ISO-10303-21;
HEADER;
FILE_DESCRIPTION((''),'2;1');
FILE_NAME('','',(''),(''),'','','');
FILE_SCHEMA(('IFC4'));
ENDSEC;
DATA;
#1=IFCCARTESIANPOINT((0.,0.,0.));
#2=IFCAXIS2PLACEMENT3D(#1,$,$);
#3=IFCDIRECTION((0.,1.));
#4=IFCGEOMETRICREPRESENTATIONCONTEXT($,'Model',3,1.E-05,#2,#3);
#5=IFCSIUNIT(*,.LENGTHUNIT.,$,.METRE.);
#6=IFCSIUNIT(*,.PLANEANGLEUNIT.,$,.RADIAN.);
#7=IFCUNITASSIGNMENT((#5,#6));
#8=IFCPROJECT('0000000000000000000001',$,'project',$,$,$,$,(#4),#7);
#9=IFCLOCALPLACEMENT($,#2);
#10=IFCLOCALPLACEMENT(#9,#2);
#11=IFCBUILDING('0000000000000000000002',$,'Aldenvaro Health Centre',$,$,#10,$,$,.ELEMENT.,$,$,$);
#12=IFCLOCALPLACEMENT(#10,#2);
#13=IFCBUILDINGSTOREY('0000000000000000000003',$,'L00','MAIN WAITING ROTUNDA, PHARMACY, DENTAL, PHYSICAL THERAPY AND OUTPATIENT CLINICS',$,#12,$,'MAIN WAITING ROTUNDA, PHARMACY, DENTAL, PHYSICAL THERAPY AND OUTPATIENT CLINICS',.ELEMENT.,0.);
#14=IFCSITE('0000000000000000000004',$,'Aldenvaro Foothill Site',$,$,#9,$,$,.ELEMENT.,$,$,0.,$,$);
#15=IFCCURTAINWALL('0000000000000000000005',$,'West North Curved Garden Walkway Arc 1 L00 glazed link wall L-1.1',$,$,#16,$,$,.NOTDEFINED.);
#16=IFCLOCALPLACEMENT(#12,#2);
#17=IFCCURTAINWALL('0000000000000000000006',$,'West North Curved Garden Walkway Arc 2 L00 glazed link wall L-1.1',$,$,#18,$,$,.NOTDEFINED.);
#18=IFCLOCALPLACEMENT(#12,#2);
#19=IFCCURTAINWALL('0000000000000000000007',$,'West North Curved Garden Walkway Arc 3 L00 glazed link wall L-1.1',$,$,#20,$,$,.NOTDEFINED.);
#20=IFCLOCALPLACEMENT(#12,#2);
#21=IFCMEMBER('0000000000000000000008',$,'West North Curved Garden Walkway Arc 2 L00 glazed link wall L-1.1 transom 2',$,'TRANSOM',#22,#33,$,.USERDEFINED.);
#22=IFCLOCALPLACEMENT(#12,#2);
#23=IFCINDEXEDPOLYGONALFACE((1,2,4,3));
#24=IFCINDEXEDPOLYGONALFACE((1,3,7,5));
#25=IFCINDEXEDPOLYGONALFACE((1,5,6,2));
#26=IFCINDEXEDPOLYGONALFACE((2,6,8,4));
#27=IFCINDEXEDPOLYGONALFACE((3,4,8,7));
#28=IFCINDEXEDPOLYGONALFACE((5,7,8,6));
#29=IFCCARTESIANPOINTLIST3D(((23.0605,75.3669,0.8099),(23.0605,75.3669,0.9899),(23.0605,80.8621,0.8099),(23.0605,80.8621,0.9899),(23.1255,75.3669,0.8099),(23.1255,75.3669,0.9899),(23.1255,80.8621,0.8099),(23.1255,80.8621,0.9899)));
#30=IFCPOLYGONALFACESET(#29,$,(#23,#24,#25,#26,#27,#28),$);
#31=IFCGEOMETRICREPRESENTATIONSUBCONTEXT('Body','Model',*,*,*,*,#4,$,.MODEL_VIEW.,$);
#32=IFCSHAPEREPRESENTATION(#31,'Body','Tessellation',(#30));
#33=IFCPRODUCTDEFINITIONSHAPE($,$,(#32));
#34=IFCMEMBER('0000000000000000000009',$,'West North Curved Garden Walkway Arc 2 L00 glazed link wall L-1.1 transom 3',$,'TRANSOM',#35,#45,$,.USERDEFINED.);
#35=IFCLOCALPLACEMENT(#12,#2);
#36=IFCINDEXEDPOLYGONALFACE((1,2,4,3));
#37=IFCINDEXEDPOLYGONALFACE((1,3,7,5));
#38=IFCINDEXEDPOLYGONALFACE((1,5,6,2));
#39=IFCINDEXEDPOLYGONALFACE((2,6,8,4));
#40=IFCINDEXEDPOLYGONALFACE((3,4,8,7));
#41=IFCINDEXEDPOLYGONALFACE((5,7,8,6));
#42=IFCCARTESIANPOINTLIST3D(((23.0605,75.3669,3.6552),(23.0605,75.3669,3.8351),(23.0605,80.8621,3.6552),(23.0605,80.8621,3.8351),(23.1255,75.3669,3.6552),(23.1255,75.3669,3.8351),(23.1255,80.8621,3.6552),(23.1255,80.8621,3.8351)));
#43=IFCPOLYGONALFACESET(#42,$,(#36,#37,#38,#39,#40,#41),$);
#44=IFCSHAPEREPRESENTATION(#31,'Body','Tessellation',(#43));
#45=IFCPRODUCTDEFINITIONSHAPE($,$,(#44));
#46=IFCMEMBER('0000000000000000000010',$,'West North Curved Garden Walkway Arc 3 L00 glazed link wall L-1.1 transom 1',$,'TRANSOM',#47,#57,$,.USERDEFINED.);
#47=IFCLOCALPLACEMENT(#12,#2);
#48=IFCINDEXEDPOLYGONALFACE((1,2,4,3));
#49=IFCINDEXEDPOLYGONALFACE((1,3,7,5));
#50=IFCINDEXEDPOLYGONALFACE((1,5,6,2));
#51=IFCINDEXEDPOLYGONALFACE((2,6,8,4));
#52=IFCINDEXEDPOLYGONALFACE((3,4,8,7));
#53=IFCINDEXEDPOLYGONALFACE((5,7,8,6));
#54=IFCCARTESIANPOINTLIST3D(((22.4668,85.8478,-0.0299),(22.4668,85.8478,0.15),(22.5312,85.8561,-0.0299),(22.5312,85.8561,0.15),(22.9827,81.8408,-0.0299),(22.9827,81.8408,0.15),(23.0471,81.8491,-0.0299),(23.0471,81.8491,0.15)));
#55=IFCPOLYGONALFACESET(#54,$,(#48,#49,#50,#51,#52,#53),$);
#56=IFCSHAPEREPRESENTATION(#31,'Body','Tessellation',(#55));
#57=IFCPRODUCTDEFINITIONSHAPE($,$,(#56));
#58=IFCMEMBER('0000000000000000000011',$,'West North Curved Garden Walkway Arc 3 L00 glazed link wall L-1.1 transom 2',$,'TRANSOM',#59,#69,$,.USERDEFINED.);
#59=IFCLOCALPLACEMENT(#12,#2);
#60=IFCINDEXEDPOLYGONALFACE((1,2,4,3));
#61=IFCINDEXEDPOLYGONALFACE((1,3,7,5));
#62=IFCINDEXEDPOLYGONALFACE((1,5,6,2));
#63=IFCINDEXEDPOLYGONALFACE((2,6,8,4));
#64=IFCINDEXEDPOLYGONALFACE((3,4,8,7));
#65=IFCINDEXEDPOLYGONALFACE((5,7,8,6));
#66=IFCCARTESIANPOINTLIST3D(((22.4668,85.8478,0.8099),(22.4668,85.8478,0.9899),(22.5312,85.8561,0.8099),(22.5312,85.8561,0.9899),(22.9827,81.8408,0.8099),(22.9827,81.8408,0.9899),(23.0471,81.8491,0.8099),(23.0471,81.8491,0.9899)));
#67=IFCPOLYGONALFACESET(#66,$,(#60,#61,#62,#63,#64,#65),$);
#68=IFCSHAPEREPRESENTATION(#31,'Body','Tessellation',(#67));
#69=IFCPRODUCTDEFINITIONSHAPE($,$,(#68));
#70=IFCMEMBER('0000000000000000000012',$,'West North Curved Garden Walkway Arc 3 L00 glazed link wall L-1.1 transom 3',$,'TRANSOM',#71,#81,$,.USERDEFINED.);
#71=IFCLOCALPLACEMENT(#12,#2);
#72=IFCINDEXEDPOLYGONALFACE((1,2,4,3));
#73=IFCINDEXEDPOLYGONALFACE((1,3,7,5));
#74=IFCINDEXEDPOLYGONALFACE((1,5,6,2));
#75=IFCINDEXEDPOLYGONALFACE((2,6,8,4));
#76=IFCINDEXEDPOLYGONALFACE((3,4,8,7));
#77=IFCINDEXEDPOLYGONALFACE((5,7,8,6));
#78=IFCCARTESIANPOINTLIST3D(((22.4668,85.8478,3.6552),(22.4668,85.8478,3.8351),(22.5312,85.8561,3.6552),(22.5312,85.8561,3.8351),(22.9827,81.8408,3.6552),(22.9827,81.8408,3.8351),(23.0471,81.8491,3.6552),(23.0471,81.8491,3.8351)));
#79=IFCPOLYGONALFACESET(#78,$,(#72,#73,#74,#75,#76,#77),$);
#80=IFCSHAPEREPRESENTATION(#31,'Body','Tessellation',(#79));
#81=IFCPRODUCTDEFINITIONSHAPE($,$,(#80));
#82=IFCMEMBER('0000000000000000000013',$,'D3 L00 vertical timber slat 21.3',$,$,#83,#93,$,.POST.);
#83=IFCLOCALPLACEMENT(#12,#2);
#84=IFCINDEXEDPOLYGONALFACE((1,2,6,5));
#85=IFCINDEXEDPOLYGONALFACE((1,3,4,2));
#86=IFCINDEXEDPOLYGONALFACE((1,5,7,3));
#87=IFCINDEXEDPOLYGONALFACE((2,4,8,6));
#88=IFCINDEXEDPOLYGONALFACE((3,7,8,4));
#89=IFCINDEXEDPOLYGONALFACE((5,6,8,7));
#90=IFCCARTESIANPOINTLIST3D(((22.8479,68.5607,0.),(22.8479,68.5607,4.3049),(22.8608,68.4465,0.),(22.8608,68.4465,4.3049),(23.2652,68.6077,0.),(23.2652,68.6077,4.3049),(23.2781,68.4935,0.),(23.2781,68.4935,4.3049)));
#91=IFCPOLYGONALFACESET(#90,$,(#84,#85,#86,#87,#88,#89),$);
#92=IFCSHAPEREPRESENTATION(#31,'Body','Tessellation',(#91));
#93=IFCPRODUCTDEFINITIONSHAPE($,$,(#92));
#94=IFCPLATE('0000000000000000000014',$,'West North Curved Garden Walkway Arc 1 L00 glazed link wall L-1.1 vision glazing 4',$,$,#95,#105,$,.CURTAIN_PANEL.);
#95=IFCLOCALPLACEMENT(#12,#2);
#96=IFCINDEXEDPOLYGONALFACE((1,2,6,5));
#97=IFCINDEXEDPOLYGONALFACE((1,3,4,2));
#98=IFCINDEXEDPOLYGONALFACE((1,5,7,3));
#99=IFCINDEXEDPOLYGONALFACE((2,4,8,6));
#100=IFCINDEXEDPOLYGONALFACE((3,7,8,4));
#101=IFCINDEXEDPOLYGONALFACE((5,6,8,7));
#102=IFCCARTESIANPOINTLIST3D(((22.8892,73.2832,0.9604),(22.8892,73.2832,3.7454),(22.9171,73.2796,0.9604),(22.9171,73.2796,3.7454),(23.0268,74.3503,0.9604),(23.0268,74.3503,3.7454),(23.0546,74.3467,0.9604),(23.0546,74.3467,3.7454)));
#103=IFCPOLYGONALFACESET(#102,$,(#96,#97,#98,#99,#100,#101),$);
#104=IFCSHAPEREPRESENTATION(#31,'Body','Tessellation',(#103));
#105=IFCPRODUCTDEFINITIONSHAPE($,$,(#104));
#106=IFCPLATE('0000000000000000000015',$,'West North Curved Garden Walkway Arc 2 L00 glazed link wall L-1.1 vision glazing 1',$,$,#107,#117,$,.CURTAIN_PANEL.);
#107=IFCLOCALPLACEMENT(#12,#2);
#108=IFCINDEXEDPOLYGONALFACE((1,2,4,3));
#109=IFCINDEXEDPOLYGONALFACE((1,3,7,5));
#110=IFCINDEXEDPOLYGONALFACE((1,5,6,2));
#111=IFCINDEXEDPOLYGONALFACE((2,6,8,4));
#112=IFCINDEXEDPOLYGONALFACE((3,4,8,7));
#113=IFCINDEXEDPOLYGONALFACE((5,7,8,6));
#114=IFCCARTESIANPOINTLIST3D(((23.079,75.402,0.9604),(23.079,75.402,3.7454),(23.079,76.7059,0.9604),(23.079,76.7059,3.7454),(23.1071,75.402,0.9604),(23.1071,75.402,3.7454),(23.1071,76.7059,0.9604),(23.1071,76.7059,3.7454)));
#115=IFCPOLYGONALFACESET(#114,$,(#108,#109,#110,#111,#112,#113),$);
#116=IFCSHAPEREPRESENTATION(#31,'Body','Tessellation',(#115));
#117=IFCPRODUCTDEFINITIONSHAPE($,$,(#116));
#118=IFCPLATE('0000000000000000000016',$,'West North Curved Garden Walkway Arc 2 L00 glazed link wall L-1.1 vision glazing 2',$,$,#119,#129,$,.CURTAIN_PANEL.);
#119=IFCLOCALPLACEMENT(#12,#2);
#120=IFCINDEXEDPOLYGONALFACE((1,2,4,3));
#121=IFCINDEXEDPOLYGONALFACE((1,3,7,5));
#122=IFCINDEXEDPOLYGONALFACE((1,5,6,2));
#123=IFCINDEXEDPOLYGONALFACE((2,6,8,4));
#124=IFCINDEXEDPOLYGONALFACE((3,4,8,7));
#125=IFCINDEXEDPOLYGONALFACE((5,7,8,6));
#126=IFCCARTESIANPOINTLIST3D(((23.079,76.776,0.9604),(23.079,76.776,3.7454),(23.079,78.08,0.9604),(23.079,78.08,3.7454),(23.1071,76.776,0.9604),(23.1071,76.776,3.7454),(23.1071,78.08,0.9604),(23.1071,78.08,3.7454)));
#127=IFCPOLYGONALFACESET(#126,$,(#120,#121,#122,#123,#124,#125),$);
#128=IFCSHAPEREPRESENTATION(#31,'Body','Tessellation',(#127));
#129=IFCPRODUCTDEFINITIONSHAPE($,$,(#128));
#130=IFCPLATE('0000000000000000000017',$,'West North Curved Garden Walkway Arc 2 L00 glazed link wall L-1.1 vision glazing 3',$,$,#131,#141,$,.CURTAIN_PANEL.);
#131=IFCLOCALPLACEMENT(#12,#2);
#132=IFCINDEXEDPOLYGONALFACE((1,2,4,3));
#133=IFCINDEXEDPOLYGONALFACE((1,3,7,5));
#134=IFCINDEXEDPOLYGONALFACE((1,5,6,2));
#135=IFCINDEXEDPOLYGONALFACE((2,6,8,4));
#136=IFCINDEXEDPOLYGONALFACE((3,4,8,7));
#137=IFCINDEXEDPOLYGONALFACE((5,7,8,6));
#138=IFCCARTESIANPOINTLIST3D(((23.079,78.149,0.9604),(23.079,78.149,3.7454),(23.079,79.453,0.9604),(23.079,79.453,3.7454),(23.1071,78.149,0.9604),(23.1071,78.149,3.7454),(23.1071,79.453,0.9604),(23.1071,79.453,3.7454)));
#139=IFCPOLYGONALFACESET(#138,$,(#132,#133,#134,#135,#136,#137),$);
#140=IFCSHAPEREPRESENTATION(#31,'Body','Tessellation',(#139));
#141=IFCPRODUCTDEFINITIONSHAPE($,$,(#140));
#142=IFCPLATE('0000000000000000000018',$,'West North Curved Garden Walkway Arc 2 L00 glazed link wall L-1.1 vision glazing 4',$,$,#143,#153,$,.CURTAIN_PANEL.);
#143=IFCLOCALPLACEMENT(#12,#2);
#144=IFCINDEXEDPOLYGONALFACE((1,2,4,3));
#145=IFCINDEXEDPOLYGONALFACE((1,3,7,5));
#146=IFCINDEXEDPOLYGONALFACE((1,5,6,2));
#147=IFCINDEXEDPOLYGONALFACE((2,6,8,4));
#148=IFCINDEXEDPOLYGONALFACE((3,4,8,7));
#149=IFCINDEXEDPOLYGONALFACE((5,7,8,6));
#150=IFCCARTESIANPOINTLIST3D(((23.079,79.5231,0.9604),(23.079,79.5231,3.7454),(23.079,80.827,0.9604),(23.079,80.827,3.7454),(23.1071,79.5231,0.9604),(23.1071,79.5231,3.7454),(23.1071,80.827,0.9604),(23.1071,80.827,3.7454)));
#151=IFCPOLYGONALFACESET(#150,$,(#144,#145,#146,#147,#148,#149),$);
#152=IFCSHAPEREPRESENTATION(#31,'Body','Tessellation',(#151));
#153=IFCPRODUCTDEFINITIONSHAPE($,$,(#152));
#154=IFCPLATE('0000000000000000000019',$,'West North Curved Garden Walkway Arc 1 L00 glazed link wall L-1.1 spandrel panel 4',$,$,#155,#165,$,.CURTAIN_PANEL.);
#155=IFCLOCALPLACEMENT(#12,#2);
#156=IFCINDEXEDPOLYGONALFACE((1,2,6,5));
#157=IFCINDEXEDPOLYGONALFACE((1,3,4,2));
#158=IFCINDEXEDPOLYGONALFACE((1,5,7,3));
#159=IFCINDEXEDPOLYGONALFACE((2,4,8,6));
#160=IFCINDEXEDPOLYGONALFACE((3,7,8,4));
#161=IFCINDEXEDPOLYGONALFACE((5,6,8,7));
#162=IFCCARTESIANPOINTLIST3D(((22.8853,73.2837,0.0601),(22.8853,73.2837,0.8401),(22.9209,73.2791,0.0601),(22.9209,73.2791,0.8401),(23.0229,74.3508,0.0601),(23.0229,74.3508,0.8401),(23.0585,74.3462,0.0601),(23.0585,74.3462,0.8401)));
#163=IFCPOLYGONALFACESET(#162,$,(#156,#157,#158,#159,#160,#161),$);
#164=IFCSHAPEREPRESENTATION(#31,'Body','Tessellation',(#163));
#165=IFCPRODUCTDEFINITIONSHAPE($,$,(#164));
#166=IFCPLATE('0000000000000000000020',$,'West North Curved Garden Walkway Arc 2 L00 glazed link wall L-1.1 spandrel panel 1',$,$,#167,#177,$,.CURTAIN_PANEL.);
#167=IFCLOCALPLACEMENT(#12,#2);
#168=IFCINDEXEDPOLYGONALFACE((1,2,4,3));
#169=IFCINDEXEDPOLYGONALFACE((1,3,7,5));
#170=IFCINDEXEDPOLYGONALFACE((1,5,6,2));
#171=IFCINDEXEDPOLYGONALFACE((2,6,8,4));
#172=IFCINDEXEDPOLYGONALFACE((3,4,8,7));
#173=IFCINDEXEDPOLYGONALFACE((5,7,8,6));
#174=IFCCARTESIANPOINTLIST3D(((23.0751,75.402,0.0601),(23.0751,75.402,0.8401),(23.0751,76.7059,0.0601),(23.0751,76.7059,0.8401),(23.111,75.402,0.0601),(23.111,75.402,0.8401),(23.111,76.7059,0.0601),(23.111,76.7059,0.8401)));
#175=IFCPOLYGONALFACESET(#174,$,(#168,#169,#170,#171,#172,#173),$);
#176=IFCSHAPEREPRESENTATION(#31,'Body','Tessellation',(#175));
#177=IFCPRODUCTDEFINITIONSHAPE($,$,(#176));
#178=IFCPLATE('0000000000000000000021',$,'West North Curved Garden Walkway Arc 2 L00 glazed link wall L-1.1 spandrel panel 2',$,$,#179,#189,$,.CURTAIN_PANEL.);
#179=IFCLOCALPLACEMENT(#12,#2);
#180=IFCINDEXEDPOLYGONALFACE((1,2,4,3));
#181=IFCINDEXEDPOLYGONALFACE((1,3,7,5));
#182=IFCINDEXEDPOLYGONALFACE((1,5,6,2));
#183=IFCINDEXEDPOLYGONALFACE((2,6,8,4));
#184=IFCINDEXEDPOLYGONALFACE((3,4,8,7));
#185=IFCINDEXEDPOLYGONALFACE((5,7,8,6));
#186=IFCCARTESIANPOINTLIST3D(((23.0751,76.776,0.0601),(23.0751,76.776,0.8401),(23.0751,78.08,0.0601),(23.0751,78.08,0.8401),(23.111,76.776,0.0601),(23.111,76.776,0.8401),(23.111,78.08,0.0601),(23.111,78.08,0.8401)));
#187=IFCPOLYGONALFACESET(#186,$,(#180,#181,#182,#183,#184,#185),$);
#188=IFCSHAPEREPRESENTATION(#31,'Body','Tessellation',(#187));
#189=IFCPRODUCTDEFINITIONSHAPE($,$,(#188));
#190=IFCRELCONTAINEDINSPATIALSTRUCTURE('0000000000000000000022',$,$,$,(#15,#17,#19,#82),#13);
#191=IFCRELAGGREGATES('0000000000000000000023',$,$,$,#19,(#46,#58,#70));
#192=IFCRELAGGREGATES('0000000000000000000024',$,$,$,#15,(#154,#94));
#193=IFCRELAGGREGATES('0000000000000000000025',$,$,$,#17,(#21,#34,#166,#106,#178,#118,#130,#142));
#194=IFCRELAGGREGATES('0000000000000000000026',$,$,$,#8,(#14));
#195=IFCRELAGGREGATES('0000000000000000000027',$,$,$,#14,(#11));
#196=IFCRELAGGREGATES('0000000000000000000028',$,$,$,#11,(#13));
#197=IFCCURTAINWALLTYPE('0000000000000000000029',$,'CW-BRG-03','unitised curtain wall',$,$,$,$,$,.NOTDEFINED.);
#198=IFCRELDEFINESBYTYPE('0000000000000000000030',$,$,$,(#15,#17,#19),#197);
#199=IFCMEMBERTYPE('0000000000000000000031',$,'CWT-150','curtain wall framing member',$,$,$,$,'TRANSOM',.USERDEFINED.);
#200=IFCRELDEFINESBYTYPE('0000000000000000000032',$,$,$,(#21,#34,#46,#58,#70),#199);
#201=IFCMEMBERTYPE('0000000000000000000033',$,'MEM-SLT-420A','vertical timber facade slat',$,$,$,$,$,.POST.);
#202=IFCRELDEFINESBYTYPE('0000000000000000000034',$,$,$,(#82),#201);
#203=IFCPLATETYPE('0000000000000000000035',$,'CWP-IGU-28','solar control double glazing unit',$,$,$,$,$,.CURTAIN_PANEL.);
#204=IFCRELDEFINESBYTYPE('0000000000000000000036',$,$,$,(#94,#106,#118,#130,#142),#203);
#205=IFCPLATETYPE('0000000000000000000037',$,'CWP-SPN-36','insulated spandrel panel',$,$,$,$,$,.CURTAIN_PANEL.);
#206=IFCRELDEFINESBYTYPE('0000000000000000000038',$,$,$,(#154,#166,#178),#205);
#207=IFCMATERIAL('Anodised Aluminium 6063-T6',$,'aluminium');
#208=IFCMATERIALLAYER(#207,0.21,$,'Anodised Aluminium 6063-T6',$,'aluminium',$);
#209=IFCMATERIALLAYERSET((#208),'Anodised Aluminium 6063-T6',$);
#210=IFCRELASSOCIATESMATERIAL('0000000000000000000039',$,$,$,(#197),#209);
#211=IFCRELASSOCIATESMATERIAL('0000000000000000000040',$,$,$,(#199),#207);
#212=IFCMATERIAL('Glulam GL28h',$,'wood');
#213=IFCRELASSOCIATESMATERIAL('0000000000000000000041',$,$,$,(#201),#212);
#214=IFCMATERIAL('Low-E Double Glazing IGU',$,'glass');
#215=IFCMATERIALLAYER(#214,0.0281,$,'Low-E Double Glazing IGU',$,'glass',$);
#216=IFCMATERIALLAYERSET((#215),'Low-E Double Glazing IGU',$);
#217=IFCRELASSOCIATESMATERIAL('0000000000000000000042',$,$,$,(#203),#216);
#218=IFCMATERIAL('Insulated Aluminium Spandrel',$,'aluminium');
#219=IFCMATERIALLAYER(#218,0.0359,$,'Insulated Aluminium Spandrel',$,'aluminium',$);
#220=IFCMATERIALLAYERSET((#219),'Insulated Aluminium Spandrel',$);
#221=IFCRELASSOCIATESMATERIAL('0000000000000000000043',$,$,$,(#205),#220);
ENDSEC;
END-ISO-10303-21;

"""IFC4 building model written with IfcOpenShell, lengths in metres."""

from ifc_helpers import new_model, si_unit, direction, frame, origin, origin_2d, place, context, subcontext, project, spatial, rectangle, extrude, material, layer, layer_set, material_profile, profile_set, type_object, element, aggregate, save


model = new_model("IFC4")

# Units and contexts
model_context = context("Model", 3, precision=1e-05, world=origin(), true_north=direction((0.0, 1.0)))
body_context = subcontext(model_context, "Body", "Model", "MODEL_VIEW")
ifc_project = project(units=[si_unit("LENGTHUNIT", "METRE"), si_unit("PLANEANGLEUNIT", "RADIAN")], contexts=[model_context])

# Site, building, storey
site_placement = place(None, origin())
site = spatial("IfcSite", under=ifc_project, at=site_placement, Name="Aldenvaro Foothill Site", CompositionType="ELEMENT", RefElevation=0.0)
building_placement = place(site_placement, origin())
building = spatial("IfcBuilding", under=site, at=building_placement, Name="Aldenvaro Health Centre", CompositionType="ELEMENT")
storey_placement = place(building_placement, origin())
storey = spatial("IfcBuildingStorey", under=building, at=storey_placement, Name="L00", Description="MAIN WAITING ROTUNDA, PHARMACY, DENTAL, PHYSICAL THERAPY AND OUTPATIENT CLINICS", LongName="MAIN WAITING ROTUNDA, PHARMACY, DENTAL, PHYSICAL THERAPY AND OUTPATIENT CLINICS", CompositionType="ELEMENT", Elevation=0.0)

# Curtain wall
ifc_material_1 = material(Name="Anodised Aluminium 6063-T6", Category="aluminium")
ifc_layer_1 = layer(ifc_material_1, 0.21, Name="Anodised Aluminium 6063-T6", Category="aluminium")
ifc_layer_set_1 = layer_set([ifc_layer_1], Name="Anodised Aluminium 6063-T6")
curtain_wall_type = type_object("IfcCurtainWallType", Name="CW-BRG-03", Description="unitised curtain wall", PredefinedType="NOTDEFINED", material=ifc_layer_set_1)
curtain_wall_1_placement = place(storey_placement, origin())
curtain_wall_1 = element("IfcCurtainWall", 1, at=curtain_wall_1_placement, inside=storey, type_object=curtain_wall_type, Name="West North Curved Garden Walkway Arc 1 L00 glazed link wall L-1.1", PredefinedType="NOTDEFINED")

# Curtain wall
curtain_wall_2_placement = place(storey_placement, origin())
curtain_wall_2 = element("IfcCurtainWall", 2, at=curtain_wall_2_placement, inside=storey, type_object=curtain_wall_type, Name="West North Curved Garden Walkway Arc 2 L00 glazed link wall L-1.1", PredefinedType="NOTDEFINED")

# Curtain wall
curtain_wall_3_placement = place(storey_placement, origin())
curtain_wall_3 = element("IfcCurtainWall", 3, at=curtain_wall_3_placement, inside=storey, type_object=curtain_wall_type, Name="West North Curved Garden Walkway Arc 3 L00 glazed link wall L-1.1", PredefinedType="NOTDEFINED")

# Members
ifc_material_profile_1 = material_profile(ifc_material_1, rectangle(XDim=0.0649, YDim=0.1799, at=origin_2d()), Name="ALU 65x180", Category="aluminium")
ifc_profile_set_1 = profile_set([ifc_material_profile_1], Name="Anodised Aluminium 6063-T6")
member_type_1 = type_object("IfcMemberType", Name="CWT-150", Description="curtain wall framing member", ElementType="TRANSOM", PredefinedType="USERDEFINED", material=ifc_profile_set_1)
member_1_placement = place(storey_placement, frame((23.093, 75.3669, 0.8999), z_axis=(0.0, 1.0, 0.0), x_axis=(-1.0, 0.0, 0.0)))
member_1 = element("IfcMember", 4, at=member_1_placement, type_object=member_type_1, Name="West North Curved Garden Walkway Arc 2 L00 glazed link wall L-1.1 transom 2", ObjectType="TRANSOM", PredefinedType="USERDEFINED", context=body_context, shape_type="SweptSolid", body=[
    extrude(rectangle(XDim=0.0649, YDim=0.1799, at=origin_2d()), origin(), (0.0, 0.0, 1.0), 5.4951),
])
member_2_placement = place(storey_placement, frame((23.093, 75.3669, 3.7451), z_axis=(0.0, 1.0, 0.0), x_axis=(-1.0, 0.0, 0.0)))
member_2 = element("IfcMember", 5, at=member_2_placement, type_object=member_type_1, Name="West North Curved Garden Walkway Arc 2 L00 glazed link wall L-1.1 transom 3", ObjectType="TRANSOM", PredefinedType="USERDEFINED", context=body_context, shape_type="SweptSolid", body=[
    extrude(rectangle(XDim=0.0649, YDim=0.1799, at=origin_2d()), origin(), (0.0, 0.0, 1.0), 5.4951),
])
member_3_placement = place(storey_placement, frame((23.0149, 81.845, 0.0601), z_axis=(-0.127686, 0.991815, 0.0), x_axis=(-0.991815, -0.127686, 0.0)))
member_3 = element("IfcMember", 6, at=member_3_placement, type_object=member_type_1, Name="West North Curved Garden Walkway Arc 3 L00 glazed link wall L-1.1 transom 1", ObjectType="TRANSOM", PredefinedType="USERDEFINED", context=body_context, shape_type="SweptSolid", body=[
    extrude(rectangle(XDim=0.0649, YDim=0.1799, at=origin_2d()), origin(), (0.0, 0.0, 1.0), 4.04),
])
member_4_placement = place(storey_placement, frame((23.0149, 81.845, 0.8999), z_axis=(-0.127686, 0.991815, 0.0), x_axis=(-0.991815, -0.127686, 0.0)))
member_4 = element("IfcMember", 7, at=member_4_placement, type_object=member_type_1, Name="West North Curved Garden Walkway Arc 3 L00 glazed link wall L-1.1 transom 2", ObjectType="TRANSOM", PredefinedType="USERDEFINED", context=body_context, shape_type="SweptSolid", body=[
    extrude(rectangle(XDim=0.0649, YDim=0.1799, at=origin_2d()), origin(), (0.0, 0.0, 1.0), 4.04),
])
member_5_placement = place(storey_placement, frame((23.0149, 81.845, 3.7451), z_axis=(-0.127686, 0.991815, 0.0), x_axis=(-0.991815, -0.127686, 0.0)))
member_5 = element("IfcMember", 8, at=member_5_placement, type_object=member_type_1, Name="West North Curved Garden Walkway Arc 3 L00 glazed link wall L-1.1 transom 3", ObjectType="TRANSOM", PredefinedType="USERDEFINED", context=body_context, shape_type="SweptSolid", body=[
    extrude(rectangle(XDim=0.0649, YDim=0.1799, at=origin_2d()), origin(), (0.0, 0.0, 1.0), 4.04),
])
aggregate(curtain_wall_3, [member_3, member_4, member_5])
ifc_material_2 = material(Name="Glulam GL28h", Category="wood")
ifc_material_profile_2 = material_profile(ifc_material_2, rectangle(XDim=0.115, YDim=0.4199, at=origin_2d()), Name="GL 115x420", Category="wood")
ifc_profile_set_2 = profile_set([ifc_material_profile_2], Name="Glulam GL28h")
member_type_2 = type_object("IfcMemberType", Name="MEM-SLT-420A", Description="vertical timber facade slat", PredefinedType="POST", material=ifc_profile_set_2)
member_6_placement = place(storey_placement, frame((23.063, 68.5271, 0.0), z_axis=(0.0, 0.0, 1.0), x_axis=(-0.111871, 0.993723, 0.0)))
element("IfcMember", 9, at=member_6_placement, inside=storey, type_object=member_type_2, Name="D3 L00 vertical timber slat 21.3", PredefinedType="POST", context=body_context, shape_type="SweptSolid", body=[
    extrude(rectangle(XDim=0.115, YDim=0.4199, at=origin_2d()), origin(), (0.0, 0.0, 1.0), 4.3049),
])

# Plates
ifc_material_3 = material(Name="Low-E Double Glazing IGU", Category="glass")
ifc_layer_2 = layer(ifc_material_3, 0.0281, Name="Low-E Double Glazing IGU", Category="glass")
ifc_layer_set_2 = layer_set([ifc_layer_2], Name="Low-E Double Glazing IGU")
plate_type_1 = type_object("IfcPlateType", Name="CWP-IGU-28", Description="solar control double glazing unit", PredefinedType="CURTAIN_PANEL", material=ifc_layer_set_2)
plate_1_placement = place(storey_placement, frame((22.9719, 73.8149, 0.9604), z_axis=(0.0, 0.0, 1.0), x_axis=(0.127847, 0.991794, 0.0)))
plate_1 = element("IfcPlate", 10, at=plate_1_placement, type_object=plate_type_1, Name="West North Curved Garden Walkway Arc 1 L00 glazed link wall L-1.1 vision glazing 4", PredefinedType="CURTAIN_PANEL", context=body_context, shape_type="SweptSolid", body=[
    extrude(rectangle(XDim=1.0759, YDim=0.0281, at=origin_2d()), origin(), (0.0, 0.0, 1.0), 2.7849),
])
plate_2_placement = place(storey_placement, frame((23.093, 76.054, 0.9604), z_axis=(0.0, 0.0, 1.0), x_axis=(0.0, 1.0, 0.0)))
plate_2 = element("IfcPlate", 11, at=plate_2_placement, type_object=plate_type_1, Name="West North Curved Garden Walkway Arc 2 L00 glazed link wall L-1.1 vision glazing 1", PredefinedType="CURTAIN_PANEL", context=body_context, shape_type="SweptSolid", body=[
    extrude(rectangle(XDim=1.304, YDim=0.0281, at=origin_2d()), origin(), (0.0, 0.0, 1.0), 2.7849),
])
plate_3_placement = place(storey_placement, frame((23.093, 77.428, 0.9604), z_axis=(0.0, 0.0, 1.0), x_axis=(0.0, 1.0, 0.0)))
plate_3 = element("IfcPlate", 12, at=plate_3_placement, type_object=plate_type_1, Name="West North Curved Garden Walkway Arc 2 L00 glazed link wall L-1.1 vision glazing 2", PredefinedType="CURTAIN_PANEL", context=body_context, shape_type="SweptSolid", body=[
    extrude(rectangle(XDim=1.304, YDim=0.0281, at=origin_2d()), origin(), (0.0, 0.0, 1.0), 2.7849),
])
plate_4_placement = place(storey_placement, frame((23.093, 78.801, 0.9604), z_axis=(0.0, 0.0, 1.0), x_axis=(0.0, 1.0, 0.0)))
plate_4 = element("IfcPlate", 13, at=plate_4_placement, type_object=plate_type_1, Name="West North Curved Garden Walkway Arc 2 L00 glazed link wall L-1.1 vision glazing 3", PredefinedType="CURTAIN_PANEL", context=body_context, shape_type="SweptSolid", body=[
    extrude(rectangle(XDim=1.304, YDim=0.0281, at=origin_2d()), origin(), (0.0, 0.0, 1.0), 2.7849),
])
plate_5_placement = place(storey_placement, frame((23.093, 80.175, 0.9604), z_axis=(0.0, 0.0, 1.0), x_axis=(0.0, 1.0, 0.0)))
plate_5 = element("IfcPlate", 14, at=plate_5_placement, type_object=plate_type_1, Name="West North Curved Garden Walkway Arc 2 L00 glazed link wall L-1.1 vision glazing 4", PredefinedType="CURTAIN_PANEL", context=body_context, shape_type="SweptSolid", body=[
    extrude(rectangle(XDim=1.304, YDim=0.0281, at=origin_2d()), origin(), (0.0, 0.0, 1.0), 2.7849),
])
ifc_material_4 = material(Name="Insulated Aluminium Spandrel", Category="aluminium")
ifc_layer_3 = layer(ifc_material_4, 0.0359, Name="Insulated Aluminium Spandrel", Category="aluminium")
ifc_layer_set_3 = layer_set([ifc_layer_3], Name="Insulated Aluminium Spandrel")
plate_type_2 = type_object("IfcPlateType", Name="CWP-SPN-36", Description="insulated spandrel panel", PredefinedType="CURTAIN_PANEL", material=ifc_layer_set_3)
plate_6_placement = place(storey_placement, frame((22.9719, 73.8149, 0.0601), z_axis=(0.0, 0.0, 1.0), x_axis=(0.127847, 0.991794, 0.0)))
plate_6 = element("IfcPlate", 15, at=plate_6_placement, type_object=plate_type_2, Name="West North Curved Garden Walkway Arc 1 L00 glazed link wall L-1.1 spandrel panel 4", PredefinedType="CURTAIN_PANEL", context=body_context, shape_type="SweptSolid", body=[
    extrude(rectangle(XDim=1.0759, YDim=0.0359, at=origin_2d()), origin(), (0.0, 0.0, 1.0), 0.78),
])
aggregate(curtain_wall_1, [plate_6, plate_1])
plate_7_placement = place(storey_placement, frame((23.093, 76.054, 0.0601), z_axis=(0.0, 0.0, 1.0), x_axis=(0.0, 1.0, 0.0)))
plate_7 = element("IfcPlate", 16, at=plate_7_placement, type_object=plate_type_2, Name="West North Curved Garden Walkway Arc 2 L00 glazed link wall L-1.1 spandrel panel 1", PredefinedType="CURTAIN_PANEL", context=body_context, shape_type="SweptSolid", body=[
    extrude(rectangle(XDim=1.304, YDim=0.0359, at=origin_2d()), origin(), (0.0, 0.0, 1.0), 0.78),
])
plate_8_placement = place(storey_placement, frame((23.093, 77.428, 0.0601), z_axis=(0.0, 0.0, 1.0), x_axis=(0.0, 1.0, 0.0)))
plate_8 = element("IfcPlate", 17, at=plate_8_placement, type_object=plate_type_2, Name="West North Curved Garden Walkway Arc 2 L00 glazed link wall L-1.1 spandrel panel 2", PredefinedType="CURTAIN_PANEL", context=body_context, shape_type="SweptSolid", body=[
    extrude(rectangle(XDim=1.304, YDim=0.0359, at=origin_2d()), origin(), (0.0, 0.0, 1.0), 0.78),
])
aggregate(curtain_wall_2, [member_1, member_2, plate_7, plate_2, plate_8, plate_3, plate_4, plate_5])

save(model, "model.ifc")
